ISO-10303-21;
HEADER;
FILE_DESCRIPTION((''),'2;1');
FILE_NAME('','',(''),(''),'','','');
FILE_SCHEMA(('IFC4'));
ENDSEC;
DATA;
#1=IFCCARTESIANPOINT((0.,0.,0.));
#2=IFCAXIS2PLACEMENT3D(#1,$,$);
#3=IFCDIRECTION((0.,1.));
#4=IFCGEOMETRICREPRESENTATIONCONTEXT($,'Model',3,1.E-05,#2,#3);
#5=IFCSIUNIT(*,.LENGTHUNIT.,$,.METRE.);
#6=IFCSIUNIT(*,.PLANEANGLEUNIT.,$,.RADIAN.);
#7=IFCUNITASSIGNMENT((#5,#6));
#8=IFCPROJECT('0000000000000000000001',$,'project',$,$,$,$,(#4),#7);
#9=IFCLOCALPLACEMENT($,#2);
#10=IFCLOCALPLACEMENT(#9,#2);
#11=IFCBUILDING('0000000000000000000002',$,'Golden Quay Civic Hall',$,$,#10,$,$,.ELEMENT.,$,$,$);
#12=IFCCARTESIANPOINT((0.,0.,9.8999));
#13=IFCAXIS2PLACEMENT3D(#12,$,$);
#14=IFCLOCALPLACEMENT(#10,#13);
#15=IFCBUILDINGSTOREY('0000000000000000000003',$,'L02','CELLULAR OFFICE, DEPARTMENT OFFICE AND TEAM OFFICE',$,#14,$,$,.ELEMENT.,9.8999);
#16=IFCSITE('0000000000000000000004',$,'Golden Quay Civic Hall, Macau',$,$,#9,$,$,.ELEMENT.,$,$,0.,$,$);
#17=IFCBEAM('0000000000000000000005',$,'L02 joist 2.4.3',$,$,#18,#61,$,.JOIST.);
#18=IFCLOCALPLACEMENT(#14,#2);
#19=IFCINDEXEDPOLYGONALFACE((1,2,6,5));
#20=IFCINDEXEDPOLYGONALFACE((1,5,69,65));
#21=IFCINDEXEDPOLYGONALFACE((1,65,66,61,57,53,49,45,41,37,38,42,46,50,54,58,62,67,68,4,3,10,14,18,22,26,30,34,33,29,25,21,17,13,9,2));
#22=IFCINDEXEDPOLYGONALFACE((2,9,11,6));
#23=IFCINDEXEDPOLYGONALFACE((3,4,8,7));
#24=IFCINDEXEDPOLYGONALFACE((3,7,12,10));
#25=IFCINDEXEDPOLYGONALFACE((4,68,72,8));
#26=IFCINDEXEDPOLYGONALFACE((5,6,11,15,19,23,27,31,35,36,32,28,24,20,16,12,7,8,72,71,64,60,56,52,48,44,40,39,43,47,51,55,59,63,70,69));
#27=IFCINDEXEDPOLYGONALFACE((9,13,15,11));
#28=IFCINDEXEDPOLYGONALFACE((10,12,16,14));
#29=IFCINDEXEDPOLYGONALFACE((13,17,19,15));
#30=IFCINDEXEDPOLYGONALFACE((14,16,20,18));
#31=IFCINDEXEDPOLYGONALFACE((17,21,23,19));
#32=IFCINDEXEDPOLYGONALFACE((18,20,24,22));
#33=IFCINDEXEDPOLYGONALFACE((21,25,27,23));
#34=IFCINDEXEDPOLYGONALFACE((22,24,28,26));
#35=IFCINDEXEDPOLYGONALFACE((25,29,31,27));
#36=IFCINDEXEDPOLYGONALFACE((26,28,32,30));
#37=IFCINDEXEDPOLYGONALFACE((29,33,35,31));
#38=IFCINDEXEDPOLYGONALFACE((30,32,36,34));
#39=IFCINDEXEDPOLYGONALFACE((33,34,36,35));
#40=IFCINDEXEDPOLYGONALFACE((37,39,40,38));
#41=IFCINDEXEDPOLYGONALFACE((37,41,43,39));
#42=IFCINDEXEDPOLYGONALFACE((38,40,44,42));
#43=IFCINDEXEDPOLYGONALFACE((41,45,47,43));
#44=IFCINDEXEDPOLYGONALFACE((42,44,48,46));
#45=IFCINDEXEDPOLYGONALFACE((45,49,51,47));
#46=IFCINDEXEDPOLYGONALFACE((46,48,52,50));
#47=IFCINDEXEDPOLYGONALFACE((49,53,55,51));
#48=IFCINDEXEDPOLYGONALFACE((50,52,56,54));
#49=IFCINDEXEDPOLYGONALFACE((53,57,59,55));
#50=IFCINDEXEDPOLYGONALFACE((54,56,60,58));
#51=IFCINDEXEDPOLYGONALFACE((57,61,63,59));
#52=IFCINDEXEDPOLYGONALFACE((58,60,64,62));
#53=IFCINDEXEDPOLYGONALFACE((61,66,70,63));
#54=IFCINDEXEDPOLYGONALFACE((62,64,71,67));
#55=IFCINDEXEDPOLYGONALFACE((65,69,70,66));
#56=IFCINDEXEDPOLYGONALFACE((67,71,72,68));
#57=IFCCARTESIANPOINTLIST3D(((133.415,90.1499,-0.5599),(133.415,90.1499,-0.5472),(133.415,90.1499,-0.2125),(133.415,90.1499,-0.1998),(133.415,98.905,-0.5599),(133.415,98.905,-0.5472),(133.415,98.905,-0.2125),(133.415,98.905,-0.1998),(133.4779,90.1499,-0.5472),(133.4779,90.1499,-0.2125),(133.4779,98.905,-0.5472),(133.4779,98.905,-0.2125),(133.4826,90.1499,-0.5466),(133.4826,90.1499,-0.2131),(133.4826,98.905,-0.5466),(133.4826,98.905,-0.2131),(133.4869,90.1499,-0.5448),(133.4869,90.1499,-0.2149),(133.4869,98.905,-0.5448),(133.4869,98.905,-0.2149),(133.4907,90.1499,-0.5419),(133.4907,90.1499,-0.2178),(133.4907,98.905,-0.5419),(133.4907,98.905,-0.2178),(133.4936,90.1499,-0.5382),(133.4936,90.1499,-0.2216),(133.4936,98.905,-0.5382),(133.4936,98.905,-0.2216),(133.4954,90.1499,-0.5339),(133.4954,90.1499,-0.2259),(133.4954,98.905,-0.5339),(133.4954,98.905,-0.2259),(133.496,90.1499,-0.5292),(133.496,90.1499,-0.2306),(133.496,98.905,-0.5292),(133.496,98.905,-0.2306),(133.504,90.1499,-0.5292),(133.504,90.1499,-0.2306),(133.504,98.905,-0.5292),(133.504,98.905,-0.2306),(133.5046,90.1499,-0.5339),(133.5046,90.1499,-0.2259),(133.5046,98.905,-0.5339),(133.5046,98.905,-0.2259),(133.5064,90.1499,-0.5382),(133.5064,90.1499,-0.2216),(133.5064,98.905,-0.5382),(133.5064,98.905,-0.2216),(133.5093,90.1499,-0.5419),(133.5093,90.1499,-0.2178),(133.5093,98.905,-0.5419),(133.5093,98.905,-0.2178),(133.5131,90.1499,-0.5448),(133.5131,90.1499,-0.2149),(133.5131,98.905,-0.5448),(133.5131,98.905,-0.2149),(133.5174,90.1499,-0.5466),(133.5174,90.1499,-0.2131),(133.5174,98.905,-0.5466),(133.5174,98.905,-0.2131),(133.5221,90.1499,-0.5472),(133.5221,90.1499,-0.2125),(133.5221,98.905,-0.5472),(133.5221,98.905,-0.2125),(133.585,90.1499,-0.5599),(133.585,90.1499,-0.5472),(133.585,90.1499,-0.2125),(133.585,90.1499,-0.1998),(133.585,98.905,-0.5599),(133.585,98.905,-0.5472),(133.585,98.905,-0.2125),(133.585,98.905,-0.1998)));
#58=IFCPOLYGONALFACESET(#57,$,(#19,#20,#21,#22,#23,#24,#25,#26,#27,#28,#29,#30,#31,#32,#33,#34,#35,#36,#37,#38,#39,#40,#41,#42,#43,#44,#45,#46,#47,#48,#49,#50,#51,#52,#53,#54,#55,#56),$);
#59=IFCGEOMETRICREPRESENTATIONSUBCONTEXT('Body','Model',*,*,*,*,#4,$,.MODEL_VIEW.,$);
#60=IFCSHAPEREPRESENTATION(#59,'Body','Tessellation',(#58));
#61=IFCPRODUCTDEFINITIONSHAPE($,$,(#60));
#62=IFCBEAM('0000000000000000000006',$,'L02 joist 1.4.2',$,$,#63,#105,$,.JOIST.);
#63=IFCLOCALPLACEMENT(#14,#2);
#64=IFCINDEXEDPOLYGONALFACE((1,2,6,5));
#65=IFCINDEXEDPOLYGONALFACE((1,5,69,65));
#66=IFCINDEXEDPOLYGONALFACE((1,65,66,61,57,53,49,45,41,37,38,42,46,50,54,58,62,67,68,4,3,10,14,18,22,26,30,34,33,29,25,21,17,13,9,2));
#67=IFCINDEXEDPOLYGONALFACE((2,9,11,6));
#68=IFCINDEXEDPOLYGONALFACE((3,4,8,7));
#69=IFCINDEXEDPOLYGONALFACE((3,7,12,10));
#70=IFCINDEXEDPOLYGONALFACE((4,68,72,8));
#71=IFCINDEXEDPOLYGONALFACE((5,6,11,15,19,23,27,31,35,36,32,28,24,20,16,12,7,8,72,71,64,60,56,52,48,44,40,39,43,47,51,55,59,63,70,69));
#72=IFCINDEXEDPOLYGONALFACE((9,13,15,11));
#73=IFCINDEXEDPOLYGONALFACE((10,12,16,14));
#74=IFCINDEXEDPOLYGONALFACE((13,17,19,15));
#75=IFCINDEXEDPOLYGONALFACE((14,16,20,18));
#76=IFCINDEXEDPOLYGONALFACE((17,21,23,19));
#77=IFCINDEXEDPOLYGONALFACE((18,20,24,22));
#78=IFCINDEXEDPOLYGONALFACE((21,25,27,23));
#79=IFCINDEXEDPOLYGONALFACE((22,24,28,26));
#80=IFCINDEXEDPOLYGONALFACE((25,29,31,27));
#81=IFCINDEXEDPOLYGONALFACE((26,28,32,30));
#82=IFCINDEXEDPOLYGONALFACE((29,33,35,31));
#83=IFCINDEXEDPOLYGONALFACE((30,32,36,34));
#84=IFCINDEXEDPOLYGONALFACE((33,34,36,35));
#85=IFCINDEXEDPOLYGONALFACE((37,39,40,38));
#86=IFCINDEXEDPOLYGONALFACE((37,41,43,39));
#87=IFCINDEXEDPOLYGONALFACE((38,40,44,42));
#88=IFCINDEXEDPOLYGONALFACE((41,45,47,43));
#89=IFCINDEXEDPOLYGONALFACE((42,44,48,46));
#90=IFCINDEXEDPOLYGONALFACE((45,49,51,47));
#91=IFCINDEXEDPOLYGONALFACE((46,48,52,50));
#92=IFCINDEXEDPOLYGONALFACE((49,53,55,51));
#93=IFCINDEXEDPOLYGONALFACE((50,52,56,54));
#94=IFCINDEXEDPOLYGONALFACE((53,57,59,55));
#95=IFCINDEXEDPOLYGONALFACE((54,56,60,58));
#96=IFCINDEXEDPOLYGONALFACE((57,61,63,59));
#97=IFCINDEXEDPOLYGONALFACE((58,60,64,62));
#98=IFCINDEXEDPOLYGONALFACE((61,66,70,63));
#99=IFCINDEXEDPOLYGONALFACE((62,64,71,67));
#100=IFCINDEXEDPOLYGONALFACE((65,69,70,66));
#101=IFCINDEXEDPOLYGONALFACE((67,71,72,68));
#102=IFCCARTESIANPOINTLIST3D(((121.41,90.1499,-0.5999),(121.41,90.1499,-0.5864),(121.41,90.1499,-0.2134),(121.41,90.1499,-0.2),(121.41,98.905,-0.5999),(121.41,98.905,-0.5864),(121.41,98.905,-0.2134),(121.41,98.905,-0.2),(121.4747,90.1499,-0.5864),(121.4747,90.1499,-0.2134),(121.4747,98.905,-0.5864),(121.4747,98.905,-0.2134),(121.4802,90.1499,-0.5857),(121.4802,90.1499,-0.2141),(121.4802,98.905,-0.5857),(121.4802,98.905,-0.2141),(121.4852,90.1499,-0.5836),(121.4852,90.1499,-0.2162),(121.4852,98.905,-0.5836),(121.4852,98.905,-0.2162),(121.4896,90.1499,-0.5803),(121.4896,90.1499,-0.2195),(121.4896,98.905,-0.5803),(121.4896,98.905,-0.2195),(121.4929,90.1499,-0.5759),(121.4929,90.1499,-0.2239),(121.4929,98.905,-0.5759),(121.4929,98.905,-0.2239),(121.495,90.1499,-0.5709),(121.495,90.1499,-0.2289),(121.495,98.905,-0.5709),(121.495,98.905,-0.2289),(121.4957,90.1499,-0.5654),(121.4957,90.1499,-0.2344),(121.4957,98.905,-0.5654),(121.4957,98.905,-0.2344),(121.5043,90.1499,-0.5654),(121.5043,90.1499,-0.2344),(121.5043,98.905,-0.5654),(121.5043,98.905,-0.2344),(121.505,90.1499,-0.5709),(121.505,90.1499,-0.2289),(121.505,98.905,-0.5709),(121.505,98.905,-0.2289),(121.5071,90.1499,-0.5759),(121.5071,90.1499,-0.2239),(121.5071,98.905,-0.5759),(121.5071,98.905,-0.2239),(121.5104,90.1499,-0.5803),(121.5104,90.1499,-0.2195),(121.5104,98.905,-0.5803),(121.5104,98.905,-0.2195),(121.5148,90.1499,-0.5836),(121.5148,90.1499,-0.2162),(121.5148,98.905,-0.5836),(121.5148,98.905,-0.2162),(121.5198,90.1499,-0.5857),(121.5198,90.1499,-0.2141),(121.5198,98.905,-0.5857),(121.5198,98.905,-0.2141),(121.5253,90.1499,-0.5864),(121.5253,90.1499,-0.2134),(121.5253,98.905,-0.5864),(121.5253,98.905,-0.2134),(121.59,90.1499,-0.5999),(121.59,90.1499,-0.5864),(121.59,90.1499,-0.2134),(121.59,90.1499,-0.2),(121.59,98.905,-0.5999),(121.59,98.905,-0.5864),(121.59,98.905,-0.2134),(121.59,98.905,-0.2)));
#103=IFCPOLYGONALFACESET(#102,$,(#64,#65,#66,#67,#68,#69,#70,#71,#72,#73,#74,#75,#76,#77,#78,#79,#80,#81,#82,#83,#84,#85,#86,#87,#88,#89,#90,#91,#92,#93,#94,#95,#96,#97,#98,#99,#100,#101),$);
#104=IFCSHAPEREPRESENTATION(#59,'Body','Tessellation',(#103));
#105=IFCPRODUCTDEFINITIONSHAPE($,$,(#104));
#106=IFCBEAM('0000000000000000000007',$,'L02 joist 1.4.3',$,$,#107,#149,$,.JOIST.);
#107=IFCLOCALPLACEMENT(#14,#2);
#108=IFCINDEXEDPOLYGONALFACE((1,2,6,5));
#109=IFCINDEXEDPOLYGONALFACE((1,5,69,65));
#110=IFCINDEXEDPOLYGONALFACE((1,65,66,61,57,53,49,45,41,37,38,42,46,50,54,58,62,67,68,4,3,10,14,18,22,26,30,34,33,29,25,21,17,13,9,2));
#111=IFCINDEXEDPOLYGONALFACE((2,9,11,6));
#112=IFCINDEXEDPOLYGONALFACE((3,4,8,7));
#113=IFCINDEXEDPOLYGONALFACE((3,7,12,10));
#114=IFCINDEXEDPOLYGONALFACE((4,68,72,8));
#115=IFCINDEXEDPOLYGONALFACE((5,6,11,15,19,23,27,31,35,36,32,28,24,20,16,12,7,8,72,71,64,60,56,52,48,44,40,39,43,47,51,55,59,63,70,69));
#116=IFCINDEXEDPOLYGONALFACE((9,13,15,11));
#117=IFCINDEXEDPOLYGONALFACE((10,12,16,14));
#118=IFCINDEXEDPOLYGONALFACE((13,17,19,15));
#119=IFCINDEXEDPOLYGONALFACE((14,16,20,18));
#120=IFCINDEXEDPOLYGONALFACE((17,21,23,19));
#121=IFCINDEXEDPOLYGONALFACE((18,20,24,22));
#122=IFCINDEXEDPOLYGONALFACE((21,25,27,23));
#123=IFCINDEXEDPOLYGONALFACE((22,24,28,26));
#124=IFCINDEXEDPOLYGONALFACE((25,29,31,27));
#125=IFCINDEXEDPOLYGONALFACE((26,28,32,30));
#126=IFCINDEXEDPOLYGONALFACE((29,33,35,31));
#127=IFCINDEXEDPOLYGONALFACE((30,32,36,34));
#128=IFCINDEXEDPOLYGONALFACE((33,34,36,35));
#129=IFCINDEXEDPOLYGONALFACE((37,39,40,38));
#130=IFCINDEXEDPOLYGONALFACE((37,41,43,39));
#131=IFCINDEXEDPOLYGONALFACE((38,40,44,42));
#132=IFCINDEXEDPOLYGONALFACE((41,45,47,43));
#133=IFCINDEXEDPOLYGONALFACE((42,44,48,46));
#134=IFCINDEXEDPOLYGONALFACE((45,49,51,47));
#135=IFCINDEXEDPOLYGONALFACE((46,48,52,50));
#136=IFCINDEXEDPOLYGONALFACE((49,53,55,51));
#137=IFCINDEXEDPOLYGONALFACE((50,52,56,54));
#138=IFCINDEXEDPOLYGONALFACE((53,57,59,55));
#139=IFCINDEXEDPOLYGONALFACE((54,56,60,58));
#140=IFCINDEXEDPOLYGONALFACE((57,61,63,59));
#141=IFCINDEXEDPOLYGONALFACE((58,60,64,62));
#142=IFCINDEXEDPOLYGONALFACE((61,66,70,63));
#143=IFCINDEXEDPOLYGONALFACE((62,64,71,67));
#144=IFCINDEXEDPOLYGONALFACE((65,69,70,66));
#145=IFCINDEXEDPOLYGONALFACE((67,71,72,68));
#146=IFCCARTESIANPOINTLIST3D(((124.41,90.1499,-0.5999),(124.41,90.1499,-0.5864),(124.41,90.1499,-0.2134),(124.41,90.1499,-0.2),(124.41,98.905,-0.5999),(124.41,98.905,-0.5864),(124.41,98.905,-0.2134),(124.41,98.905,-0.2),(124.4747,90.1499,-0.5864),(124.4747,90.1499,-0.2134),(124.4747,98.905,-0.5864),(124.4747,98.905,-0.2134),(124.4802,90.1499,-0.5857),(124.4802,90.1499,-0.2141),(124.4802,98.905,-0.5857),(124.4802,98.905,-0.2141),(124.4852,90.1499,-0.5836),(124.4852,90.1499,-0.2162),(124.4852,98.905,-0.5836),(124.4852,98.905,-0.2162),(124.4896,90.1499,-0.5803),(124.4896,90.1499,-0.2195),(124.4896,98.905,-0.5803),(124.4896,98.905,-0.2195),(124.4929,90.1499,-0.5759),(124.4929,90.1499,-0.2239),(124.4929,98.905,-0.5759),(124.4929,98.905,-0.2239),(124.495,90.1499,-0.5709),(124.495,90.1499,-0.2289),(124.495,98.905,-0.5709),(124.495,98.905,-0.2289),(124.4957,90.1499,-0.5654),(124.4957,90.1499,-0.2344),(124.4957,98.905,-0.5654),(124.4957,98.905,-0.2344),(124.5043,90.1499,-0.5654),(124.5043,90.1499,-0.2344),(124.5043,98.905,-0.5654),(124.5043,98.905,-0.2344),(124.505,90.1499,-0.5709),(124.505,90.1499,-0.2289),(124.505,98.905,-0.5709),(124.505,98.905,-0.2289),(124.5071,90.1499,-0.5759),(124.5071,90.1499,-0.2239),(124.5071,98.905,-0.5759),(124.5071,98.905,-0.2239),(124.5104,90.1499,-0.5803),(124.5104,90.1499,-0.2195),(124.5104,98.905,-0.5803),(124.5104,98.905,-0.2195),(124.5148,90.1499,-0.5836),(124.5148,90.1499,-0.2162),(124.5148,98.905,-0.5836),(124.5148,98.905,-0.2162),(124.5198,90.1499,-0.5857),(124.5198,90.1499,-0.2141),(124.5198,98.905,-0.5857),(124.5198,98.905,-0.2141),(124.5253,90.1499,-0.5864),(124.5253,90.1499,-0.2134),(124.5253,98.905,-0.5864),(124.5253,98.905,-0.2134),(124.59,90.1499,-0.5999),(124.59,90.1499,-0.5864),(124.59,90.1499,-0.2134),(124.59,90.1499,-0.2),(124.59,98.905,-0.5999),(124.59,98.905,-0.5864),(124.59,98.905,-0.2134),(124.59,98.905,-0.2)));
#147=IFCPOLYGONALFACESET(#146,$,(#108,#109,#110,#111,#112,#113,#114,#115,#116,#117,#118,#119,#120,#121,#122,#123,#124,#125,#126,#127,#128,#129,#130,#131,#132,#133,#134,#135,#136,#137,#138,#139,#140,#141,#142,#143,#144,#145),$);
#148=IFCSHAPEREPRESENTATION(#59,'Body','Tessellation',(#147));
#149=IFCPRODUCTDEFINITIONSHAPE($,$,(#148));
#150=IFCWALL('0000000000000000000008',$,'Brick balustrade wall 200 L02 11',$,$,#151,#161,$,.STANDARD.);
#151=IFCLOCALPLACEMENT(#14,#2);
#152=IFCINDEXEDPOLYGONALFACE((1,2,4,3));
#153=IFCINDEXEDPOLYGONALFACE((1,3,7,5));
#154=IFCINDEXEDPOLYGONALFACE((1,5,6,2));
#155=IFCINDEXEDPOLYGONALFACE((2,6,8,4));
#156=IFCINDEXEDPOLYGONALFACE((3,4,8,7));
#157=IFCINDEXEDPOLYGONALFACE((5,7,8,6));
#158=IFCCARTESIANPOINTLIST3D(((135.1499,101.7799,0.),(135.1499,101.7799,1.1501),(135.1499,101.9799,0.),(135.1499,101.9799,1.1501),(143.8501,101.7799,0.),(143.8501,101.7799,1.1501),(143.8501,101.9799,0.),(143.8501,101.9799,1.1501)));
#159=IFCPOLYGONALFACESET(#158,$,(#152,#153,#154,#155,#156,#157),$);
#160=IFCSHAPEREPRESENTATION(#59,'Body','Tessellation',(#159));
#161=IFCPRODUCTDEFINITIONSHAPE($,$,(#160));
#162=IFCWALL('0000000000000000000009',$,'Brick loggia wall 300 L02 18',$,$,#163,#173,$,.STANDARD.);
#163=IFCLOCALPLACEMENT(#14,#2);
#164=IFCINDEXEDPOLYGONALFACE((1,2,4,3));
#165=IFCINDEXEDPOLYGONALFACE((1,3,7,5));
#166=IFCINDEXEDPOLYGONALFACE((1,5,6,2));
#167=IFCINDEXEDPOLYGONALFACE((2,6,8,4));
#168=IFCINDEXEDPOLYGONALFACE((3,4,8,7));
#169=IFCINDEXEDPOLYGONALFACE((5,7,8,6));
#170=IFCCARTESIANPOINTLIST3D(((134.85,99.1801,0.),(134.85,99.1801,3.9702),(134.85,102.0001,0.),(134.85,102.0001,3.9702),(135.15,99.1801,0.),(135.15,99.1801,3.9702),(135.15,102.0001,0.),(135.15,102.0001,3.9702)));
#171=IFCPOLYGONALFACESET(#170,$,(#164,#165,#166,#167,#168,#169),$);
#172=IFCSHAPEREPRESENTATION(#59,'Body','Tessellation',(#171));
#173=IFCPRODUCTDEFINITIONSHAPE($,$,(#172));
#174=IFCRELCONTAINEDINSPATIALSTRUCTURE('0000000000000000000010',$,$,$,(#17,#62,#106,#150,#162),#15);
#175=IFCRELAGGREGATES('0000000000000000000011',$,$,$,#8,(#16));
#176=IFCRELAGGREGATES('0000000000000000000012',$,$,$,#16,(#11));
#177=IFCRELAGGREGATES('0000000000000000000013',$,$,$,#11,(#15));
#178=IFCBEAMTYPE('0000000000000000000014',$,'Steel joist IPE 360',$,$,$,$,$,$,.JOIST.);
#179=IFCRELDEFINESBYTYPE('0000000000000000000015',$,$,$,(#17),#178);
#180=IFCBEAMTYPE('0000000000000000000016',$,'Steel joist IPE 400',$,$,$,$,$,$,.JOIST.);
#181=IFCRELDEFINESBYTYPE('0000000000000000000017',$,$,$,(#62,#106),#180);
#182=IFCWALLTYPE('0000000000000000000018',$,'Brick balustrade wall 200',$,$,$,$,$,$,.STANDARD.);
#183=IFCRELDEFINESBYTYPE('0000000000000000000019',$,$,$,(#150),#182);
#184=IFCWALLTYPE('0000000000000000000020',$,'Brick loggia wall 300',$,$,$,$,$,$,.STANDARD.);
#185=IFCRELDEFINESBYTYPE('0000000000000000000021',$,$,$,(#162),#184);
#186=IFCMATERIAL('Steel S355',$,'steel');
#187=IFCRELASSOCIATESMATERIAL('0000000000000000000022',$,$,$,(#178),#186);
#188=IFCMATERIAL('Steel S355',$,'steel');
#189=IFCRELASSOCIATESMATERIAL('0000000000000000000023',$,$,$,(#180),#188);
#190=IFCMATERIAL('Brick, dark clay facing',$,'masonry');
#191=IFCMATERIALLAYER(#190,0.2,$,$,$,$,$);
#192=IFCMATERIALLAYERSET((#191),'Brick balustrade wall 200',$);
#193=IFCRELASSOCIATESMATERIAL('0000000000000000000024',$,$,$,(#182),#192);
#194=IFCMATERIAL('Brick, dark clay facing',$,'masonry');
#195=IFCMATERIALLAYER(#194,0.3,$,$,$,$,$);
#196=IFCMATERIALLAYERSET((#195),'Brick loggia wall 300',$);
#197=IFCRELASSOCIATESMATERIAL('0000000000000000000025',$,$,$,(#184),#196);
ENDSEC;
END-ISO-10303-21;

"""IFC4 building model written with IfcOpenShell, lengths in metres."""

from ifc_helpers import new_model, si_unit, direction, frame, frame_2d, origin, origin_2d, place, context, subcontext, project, spatial, rectangle, i_section, extrude, material, layer, layer_set, material_profile, profile_set, type_object, element, save


model = new_model("IFC4")

# Units and contexts
model_context = context("Model", 3, precision=1e-05, world=origin(), true_north=direction((0.0, 1.0)))
body_context = subcontext(model_context, "Body", "Model", "MODEL_VIEW")
ifc_project = project(units=[si_unit("LENGTHUNIT", "METRE"), si_unit("PLANEANGLEUNIT", "RADIAN")], contexts=[model_context])

# Site, building, storey
site_placement = place(None, origin())
site = spatial("IfcSite", under=ifc_project, at=site_placement, Name="Golden Quay Civic Hall, Macau", CompositionType="ELEMENT", RefElevation=0.0)
building_placement = place(site_placement, origin())
building = spatial("IfcBuilding", under=site, at=building_placement, Name="Golden Quay Civic Hall", CompositionType="ELEMENT")
storey_placement = place(building_placement, frame((0.0, 0.0, 9.8999)))
storey = spatial("IfcBuildingStorey", under=building, at=storey_placement, Name="L02", Description="CELLULAR OFFICE, DEPARTMENT OFFICE AND TEAM OFFICE", CompositionType="ELEMENT", Elevation=9.8999)

# Beams
ifc_material_1 = material(Name="Steel S355", Category="steel")
ifc_material_profile_1 = material_profile(ifc_material_1, i_section(OverallWidth=0.1699, OverallDepth=0.3601, WebThickness=0.0081, FlangeThickness=0.0127, FilletRadius=0.0181, at=origin_2d()), Name="IPE 360")
ifc_profile_set_1 = profile_set([ifc_material_profile_1], Name="Steel S355")
beam_type_1 = type_object("IfcBeamType", Name="Steel joist IPE 360", PredefinedType="JOIST", material=ifc_profile_set_1)
for number, where, z_axis, x_axis, name in (
    (1, (133.5, 90.1499, -0.3799), (0.0, 1.0, 0.0), (-1.0, 0.0, 0.0), "L02 joist 2.4.3"),
):
    element("IfcBeam", number, at=place(storey_placement, frame(where, z_axis=z_axis, x_axis=x_axis)), inside=storey, type_object=beam_type_1, Name=name, PredefinedType="JOIST", context=body_context, shape_type="SweptSolid", body=[
        extrude(i_section(OverallWidth=0.1699, OverallDepth=0.3601, WebThickness=0.0081, FlangeThickness=0.0127, FilletRadius=0.0181, at=origin_2d()), origin(), (0.0, 0.0, 1.0), 8.7551),
    ])
ifc_material_2 = material(Name="Steel S355", Category="steel")
ifc_material_profile_2 = material_profile(ifc_material_2, i_section(OverallWidth=0.1799, OverallDepth=0.3999, WebThickness=0.0085, FlangeThickness=0.0134, FilletRadius=0.021, at=origin_2d()), Name="IPE 400")
ifc_profile_set_2 = profile_set([ifc_material_profile_2], Name="Steel S355")
beam_type_2 = type_object("IfcBeamType", Name="Steel joist IPE 400", PredefinedType="JOIST", material=ifc_profile_set_2)
for number, where, z_axis, x_axis, name in (
    (2, (121.5, 90.1499, -0.3999), (0.0, 1.0, 0.0), (-1.0, 0.0, 0.0), "L02 joist 1.4.2"),
    (3, (124.5, 90.1499, -0.3999), (0.0, 1.0, 0.0), (-1.0, 0.0, 0.0), "L02 joist 1.4.3"),
):
    element("IfcBeam", number, at=place(storey_placement, frame(where, z_axis=z_axis, x_axis=x_axis)), inside=storey, type_object=beam_type_2, Name=name, PredefinedType="JOIST", context=body_context, shape_type="SweptSolid", body=[
        extrude(i_section(OverallWidth=0.1799, OverallDepth=0.3999, WebThickness=0.0085, FlangeThickness=0.0134, FilletRadius=0.021, at=origin_2d()), origin(), (0.0, 0.0, 1.0), 8.7551),
    ])

# Walls
ifc_material_3 = material(Name="Brick, dark clay facing", Category="masonry")
ifc_layer_1 = layer(ifc_material_3, 0.2)
ifc_layer_set_1 = layer_set([ifc_layer_1], Name="Brick balustrade wall 200")
wall_type_1 = type_object("IfcWallType", Name="Brick balustrade wall 200", PredefinedType="STANDARD", material=ifc_layer_set_1)
wall_1_placement = place(storey_placement, frame((135.1499, 101.8799, 0.0), z_axis=(0.0, 0.0, 1.0), x_axis=(1.0, 0.0, 0.0)))
element("IfcWall", 4, at=wall_1_placement, inside=storey, type_object=wall_type_1, Name="Brick balustrade wall 200 L02 11", PredefinedType="STANDARD", context=body_context, shape_type="SweptSolid", body=[
    extrude(rectangle(XDim=8.7002, YDim=0.2, at=frame_2d((4.3501, 0.0))), origin(), (0.0, 0.0, 1.0), 1.1501),
])
ifc_material_4 = material(Name="Brick, dark clay facing", Category="masonry")
ifc_layer_2 = layer(ifc_material_4, 0.3)
ifc_layer_set_2 = layer_set([ifc_layer_2], Name="Brick loggia wall 300")
wall_type_2 = type_object("IfcWallType", Name="Brick loggia wall 300", PredefinedType="STANDARD", material=ifc_layer_set_2)
wall_2_placement = place(storey_placement, frame((135.0, 99.1799, 0.0), z_axis=(0.0, 0.0, 1.0), x_axis=(0.0, 1.0, 0.0)))
element("IfcWall", 5, at=wall_2_placement, inside=storey, type_object=wall_type_2, Name="Brick loggia wall 300 L02 18", PredefinedType="STANDARD", context=body_context, shape_type="SweptSolid", body=[
    extrude(rectangle(XDim=2.8201, YDim=0.3, at=frame_2d((1.4102, 0.0))), origin(), (0.0, 0.0, 1.0), 3.9702),
])

save(model, "model.ifc")
